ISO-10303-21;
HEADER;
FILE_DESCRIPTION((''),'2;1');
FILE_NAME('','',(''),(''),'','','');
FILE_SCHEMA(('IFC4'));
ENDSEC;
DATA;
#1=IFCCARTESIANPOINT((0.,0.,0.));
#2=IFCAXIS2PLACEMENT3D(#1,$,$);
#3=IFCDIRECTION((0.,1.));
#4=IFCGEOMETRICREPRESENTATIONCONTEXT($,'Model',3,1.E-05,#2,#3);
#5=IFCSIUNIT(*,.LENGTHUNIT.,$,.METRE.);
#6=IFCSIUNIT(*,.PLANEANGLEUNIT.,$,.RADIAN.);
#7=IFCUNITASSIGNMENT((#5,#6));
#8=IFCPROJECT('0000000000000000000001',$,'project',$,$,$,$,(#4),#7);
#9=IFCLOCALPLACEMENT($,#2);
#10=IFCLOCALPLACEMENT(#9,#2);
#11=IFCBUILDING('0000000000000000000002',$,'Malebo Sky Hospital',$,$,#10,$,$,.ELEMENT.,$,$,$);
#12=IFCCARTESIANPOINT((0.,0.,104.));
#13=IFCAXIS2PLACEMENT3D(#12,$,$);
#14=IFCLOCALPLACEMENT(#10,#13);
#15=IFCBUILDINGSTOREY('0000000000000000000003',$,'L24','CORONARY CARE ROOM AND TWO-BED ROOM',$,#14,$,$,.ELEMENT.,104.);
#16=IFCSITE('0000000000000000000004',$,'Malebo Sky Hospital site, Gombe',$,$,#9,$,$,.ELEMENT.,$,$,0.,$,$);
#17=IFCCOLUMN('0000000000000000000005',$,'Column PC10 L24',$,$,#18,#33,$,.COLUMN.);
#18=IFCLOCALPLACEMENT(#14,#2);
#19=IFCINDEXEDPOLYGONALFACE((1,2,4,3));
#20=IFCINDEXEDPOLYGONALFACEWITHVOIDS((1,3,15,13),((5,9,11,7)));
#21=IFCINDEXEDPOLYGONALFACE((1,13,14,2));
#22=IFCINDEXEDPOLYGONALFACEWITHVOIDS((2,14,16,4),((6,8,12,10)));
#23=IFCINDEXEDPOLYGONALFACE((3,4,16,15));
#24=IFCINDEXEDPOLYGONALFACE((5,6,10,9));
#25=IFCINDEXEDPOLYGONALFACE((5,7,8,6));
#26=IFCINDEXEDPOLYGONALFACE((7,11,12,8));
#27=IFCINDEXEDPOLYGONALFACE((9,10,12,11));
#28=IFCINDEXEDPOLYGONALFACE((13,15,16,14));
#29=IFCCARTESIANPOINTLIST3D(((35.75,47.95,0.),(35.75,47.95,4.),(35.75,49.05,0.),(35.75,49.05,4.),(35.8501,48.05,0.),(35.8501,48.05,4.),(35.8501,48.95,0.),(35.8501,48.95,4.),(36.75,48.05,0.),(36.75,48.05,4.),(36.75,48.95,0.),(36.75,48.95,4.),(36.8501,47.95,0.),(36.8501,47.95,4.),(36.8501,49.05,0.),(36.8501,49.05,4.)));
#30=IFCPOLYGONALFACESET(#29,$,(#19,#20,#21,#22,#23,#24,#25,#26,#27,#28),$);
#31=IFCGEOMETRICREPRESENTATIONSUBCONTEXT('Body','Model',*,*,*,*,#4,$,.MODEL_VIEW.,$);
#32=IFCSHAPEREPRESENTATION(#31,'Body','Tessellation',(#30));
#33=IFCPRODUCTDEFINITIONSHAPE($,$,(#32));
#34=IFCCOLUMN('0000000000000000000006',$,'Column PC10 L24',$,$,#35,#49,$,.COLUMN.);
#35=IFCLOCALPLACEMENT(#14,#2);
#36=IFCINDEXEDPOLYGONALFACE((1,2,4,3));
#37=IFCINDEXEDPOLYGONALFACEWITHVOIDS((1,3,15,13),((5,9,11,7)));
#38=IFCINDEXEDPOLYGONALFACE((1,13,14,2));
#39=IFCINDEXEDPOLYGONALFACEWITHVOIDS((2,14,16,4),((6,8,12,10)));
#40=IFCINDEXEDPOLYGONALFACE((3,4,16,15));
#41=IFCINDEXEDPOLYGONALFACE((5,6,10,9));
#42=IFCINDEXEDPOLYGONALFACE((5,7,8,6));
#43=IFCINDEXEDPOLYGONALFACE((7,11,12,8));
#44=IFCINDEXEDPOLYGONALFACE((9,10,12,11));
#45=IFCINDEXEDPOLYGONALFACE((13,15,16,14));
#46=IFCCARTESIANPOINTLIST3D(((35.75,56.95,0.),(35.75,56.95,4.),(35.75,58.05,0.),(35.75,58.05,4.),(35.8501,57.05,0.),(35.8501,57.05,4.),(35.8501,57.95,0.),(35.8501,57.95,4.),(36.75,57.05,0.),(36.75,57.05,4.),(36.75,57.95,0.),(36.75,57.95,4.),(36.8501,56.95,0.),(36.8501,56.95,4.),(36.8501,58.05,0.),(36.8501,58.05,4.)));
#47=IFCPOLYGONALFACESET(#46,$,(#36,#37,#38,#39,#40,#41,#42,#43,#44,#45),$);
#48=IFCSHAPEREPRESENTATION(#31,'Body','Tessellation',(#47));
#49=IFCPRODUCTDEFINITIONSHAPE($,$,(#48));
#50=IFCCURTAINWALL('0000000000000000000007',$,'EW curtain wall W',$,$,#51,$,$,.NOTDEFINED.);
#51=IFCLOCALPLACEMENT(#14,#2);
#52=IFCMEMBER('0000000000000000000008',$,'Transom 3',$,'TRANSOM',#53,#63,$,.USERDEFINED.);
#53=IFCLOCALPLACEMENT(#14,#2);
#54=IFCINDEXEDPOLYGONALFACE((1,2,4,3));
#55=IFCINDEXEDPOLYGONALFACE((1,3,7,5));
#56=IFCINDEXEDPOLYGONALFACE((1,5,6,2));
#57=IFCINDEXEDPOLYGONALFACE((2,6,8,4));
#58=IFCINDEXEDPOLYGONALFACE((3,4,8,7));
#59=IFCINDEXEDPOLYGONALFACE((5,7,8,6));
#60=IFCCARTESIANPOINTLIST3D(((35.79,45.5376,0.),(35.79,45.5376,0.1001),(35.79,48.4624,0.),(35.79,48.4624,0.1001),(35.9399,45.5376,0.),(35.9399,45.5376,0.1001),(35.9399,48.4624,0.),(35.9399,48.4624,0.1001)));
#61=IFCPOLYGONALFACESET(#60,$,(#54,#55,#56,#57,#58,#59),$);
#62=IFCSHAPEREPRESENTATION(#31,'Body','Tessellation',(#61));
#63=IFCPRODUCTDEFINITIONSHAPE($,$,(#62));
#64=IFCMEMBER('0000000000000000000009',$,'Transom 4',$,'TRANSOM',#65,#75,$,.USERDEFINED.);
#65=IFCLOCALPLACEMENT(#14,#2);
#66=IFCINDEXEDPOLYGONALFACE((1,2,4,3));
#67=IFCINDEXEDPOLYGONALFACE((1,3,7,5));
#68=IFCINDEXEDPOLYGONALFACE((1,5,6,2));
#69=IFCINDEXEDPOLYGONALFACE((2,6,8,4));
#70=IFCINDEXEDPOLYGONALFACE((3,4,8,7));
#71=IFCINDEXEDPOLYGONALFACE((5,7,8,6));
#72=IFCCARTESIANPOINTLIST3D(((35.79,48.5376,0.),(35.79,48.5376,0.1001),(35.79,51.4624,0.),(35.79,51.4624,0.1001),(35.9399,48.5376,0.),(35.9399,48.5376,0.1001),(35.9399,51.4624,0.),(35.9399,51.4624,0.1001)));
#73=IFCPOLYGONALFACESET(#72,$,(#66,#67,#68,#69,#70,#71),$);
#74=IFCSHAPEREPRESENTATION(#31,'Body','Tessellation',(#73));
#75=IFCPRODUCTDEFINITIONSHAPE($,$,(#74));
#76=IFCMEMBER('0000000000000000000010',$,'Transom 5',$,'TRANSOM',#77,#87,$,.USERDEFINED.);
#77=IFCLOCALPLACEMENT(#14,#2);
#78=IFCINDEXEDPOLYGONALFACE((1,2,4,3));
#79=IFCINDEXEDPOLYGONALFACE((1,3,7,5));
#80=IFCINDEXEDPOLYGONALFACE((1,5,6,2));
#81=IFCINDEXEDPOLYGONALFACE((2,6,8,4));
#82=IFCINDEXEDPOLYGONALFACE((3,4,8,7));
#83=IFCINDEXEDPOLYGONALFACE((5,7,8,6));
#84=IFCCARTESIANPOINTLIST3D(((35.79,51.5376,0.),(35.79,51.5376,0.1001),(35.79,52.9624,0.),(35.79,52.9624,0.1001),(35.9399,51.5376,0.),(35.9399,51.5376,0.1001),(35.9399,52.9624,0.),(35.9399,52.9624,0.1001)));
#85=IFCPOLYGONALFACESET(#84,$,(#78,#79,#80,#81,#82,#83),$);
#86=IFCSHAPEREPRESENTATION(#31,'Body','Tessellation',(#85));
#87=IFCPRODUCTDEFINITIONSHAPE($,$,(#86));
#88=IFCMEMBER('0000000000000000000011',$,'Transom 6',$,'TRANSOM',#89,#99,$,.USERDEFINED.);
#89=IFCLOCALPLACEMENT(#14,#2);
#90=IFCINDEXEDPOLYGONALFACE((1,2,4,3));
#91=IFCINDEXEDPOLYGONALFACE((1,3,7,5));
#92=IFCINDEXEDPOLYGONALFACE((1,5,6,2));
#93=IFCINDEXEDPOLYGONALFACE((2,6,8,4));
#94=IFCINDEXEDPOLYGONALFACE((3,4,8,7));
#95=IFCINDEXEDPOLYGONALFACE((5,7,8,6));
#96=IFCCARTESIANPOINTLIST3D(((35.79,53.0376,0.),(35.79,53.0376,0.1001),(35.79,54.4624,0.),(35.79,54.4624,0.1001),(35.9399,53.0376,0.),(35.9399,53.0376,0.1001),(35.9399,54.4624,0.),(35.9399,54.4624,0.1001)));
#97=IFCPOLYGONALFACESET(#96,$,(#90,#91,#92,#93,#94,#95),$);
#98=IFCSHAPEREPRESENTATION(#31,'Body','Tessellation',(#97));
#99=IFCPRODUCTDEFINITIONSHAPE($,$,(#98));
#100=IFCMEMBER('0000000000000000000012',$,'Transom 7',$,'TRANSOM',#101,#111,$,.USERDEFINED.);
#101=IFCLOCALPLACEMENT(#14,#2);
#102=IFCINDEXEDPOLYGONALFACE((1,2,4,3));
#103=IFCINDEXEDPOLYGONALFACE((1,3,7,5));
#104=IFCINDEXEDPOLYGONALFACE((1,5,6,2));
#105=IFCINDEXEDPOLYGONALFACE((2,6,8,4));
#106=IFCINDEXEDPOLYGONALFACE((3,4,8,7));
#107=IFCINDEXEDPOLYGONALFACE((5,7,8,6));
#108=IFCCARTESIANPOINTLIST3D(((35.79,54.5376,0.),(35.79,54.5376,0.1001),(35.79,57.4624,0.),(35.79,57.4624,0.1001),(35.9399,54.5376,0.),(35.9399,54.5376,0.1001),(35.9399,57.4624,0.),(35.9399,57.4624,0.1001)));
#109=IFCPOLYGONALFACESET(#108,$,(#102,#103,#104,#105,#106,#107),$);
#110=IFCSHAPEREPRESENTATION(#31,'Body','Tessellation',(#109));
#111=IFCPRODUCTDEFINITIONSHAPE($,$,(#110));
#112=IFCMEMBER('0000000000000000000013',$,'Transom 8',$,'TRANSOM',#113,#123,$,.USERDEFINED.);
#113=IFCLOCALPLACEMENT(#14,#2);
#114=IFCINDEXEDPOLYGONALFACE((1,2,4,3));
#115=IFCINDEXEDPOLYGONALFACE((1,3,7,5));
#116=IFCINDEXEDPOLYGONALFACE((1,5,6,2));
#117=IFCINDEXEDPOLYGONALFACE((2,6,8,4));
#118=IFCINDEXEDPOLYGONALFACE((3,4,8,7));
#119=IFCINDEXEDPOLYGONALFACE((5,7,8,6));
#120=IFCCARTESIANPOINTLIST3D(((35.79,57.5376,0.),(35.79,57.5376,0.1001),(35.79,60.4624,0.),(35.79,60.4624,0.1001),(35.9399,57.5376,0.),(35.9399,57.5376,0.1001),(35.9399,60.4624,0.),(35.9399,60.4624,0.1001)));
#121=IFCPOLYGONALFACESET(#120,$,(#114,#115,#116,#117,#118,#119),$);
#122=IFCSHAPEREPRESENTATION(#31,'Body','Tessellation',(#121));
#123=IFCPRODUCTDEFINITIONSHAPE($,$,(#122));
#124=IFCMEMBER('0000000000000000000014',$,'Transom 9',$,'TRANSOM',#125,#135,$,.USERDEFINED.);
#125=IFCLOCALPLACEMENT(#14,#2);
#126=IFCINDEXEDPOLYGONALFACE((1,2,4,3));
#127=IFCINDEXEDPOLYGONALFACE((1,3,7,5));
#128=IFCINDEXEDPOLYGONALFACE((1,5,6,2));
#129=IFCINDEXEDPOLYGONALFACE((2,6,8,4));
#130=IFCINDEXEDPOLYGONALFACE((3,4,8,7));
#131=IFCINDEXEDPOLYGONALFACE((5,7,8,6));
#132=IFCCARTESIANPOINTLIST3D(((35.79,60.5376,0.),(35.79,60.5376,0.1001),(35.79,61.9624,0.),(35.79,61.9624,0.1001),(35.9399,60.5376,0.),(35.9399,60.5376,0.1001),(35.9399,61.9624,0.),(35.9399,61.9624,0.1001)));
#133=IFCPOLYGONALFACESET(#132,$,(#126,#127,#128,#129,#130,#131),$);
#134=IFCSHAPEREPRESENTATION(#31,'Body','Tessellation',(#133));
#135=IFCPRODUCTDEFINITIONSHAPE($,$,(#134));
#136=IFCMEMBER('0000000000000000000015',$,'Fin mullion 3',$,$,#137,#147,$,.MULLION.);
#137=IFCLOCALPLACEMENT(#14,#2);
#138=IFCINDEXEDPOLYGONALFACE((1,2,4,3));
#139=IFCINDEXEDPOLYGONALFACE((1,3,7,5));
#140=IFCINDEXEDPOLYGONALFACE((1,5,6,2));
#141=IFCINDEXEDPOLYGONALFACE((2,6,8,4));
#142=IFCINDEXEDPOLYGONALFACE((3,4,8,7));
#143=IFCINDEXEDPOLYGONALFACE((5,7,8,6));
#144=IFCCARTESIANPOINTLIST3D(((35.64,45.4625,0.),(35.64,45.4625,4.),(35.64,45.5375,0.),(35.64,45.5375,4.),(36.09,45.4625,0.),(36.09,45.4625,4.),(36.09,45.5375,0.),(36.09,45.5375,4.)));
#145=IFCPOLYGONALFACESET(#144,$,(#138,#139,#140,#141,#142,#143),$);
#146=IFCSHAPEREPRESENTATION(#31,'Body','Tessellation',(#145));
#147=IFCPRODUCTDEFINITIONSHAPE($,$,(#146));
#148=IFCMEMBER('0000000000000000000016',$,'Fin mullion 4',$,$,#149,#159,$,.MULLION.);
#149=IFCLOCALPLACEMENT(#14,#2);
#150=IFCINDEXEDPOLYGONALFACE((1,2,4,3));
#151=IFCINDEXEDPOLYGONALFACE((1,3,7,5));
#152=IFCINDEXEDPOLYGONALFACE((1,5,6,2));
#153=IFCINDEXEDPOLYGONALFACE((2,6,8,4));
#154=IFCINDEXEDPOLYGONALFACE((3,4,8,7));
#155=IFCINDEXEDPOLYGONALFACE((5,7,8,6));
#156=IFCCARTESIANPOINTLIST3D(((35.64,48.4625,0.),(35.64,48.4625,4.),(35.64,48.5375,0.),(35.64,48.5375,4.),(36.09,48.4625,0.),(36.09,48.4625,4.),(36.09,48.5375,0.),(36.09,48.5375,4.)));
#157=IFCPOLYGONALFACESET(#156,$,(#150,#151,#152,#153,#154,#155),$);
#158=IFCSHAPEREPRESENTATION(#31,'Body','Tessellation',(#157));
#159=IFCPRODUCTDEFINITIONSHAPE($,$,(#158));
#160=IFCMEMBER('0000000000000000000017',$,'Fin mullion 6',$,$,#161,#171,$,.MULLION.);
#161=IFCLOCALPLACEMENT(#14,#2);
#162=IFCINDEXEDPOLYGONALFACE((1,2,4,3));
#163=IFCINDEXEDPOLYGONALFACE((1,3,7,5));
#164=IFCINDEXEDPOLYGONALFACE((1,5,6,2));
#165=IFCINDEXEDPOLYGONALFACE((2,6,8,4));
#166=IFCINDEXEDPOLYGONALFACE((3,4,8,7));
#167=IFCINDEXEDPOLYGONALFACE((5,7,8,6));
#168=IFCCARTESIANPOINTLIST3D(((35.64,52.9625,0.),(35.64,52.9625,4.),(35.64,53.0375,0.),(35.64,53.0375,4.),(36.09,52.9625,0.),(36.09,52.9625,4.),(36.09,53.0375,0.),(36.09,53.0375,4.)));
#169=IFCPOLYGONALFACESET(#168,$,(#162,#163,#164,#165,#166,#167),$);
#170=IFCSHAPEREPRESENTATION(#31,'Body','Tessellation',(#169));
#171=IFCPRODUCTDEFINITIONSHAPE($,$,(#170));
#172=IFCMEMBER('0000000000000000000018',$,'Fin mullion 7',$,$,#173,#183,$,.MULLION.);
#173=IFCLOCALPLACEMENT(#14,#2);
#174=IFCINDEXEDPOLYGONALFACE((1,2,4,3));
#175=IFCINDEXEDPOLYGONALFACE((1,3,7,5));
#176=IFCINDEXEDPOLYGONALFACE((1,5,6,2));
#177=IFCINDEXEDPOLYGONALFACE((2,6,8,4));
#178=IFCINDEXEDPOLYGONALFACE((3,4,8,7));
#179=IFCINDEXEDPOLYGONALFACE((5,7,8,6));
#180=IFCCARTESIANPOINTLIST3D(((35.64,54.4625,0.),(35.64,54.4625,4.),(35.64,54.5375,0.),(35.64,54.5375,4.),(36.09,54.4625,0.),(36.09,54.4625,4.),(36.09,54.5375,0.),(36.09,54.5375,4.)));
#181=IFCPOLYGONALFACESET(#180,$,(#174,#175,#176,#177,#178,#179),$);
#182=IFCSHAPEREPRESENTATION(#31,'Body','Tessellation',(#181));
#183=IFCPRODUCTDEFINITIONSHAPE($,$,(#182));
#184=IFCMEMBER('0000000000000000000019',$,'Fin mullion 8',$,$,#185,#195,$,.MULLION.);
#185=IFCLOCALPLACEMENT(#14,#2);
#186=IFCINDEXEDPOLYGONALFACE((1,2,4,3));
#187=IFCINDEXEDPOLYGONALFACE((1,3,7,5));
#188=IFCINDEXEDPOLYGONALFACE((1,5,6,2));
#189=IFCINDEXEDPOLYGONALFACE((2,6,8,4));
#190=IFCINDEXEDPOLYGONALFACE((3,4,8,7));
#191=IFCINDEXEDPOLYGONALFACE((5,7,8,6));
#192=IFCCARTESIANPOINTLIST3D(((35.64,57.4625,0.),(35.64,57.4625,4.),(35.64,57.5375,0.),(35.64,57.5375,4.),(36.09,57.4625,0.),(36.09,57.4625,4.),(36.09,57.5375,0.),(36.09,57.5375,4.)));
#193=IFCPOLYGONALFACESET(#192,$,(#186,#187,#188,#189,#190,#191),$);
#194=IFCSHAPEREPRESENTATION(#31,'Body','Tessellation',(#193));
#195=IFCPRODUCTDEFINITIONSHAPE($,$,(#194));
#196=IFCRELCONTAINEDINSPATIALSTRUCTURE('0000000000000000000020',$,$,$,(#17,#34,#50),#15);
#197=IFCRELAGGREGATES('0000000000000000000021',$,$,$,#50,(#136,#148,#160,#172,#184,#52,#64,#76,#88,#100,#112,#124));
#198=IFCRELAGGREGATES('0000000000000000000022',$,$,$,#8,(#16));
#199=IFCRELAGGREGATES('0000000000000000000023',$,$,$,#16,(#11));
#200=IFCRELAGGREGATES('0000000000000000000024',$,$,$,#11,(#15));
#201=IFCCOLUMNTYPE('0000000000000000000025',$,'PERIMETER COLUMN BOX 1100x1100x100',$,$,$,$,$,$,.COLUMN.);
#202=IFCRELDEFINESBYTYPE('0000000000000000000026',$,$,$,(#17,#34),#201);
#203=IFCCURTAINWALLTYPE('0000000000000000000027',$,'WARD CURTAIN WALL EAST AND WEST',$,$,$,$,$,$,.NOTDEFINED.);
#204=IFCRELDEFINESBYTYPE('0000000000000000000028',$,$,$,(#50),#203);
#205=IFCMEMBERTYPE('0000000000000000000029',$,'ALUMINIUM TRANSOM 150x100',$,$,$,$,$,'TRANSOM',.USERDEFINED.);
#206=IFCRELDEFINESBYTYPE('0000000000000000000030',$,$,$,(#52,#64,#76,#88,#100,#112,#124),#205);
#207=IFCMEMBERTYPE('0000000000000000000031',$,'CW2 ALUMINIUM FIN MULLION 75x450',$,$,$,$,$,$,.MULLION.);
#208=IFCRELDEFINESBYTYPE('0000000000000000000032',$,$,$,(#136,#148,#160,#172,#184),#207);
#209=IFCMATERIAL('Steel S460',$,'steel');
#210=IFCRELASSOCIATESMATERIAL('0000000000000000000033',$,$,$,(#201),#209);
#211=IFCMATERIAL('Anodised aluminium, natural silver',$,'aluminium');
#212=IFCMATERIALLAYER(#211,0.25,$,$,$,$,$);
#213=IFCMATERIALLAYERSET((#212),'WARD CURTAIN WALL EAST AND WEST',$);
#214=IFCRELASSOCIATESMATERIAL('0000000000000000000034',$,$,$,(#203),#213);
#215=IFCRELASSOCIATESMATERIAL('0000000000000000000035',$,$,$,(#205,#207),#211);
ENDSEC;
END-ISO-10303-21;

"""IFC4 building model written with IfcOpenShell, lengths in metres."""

from ifc_helpers import new_model, si_unit, direction, frame, origin, origin_2d, place, context, subcontext, project, spatial, rectangle, hollow_rectangle, extrude, material, layer, layer_set, material_profile, profile_set, type_object, element, aggregate, save


model = new_model("IFC4")

# Units and contexts
model_context = context("Model", 3, precision=1e-05, world=origin(), true_north=direction((0.0, 1.0)))
body_context = subcontext(model_context, "Body", "Model", "MODEL_VIEW")
ifc_project = project(units=[si_unit("LENGTHUNIT", "METRE"), si_unit("PLANEANGLEUNIT", "RADIAN")], contexts=[model_context])

# Site, building, storey
site_placement = place(None, origin())
site = spatial("IfcSite", under=ifc_project, at=site_placement, Name="Malebo Sky Hospital site, Gombe", CompositionType="ELEMENT", RefElevation=0.0)
building_placement = place(site_placement, origin())
building = spatial("IfcBuilding", under=site, at=building_placement, Name="Malebo Sky Hospital", CompositionType="ELEMENT")
storey_placement = place(building_placement, frame((0.0, 0.0, 104.0)))
storey = spatial("IfcBuildingStorey", under=building, at=storey_placement, Name="L24", Description="CORONARY CARE ROOM AND TWO-BED ROOM", CompositionType="ELEMENT", Elevation=104.0)

# Columns
ifc_material_1 = material(Name="Steel S460", Category="steel")
ifc_material_profile_1 = material_profile(ifc_material_1, hollow_rectangle(XDim=1.1001, YDim=1.1001, WallThickness=0.1001, at=origin_2d()), Name="BOX 1100x1100x100")
ifc_profile_set_1 = profile_set([ifc_material_profile_1], Name="Steel S460")
column_type = type_object("IfcColumnType", Name="PERIMETER COLUMN BOX 1100x1100x100", PredefinedType="COLUMN", material=ifc_profile_set_1)
for number, where, z_axis, x_axis, name in (
    (1, (36.3, 48.5, 0.0), (0.0, 0.0, 1.0), (1.0, 0.0, 0.0), "Column PC10 L24"),
    (2, (36.3, 57.5, 0.0), (0.0, 0.0, 1.0), (1.0, 0.0, 0.0), "Column PC10 L24"),
):
    element("IfcColumn", number, at=place(storey_placement, frame(where, z_axis=z_axis, x_axis=x_axis)), inside=storey, type_object=column_type, Name=name, PredefinedType="COLUMN", context=body_context, shape_type="SweptSolid", body=[
        extrude(hollow_rectangle(XDim=1.1001, YDim=1.1001, WallThickness=0.1001, at=origin_2d()), origin(), (0.0, 0.0, 1.0), 4.0),
    ])

# Curtain wall, members
ifc_material_2 = material(Name="Anodised aluminium, natural silver", Category="aluminium")
ifc_layer_1 = layer(ifc_material_2, 0.25)
ifc_layer_set_1 = layer_set([ifc_layer_1], Name="WARD CURTAIN WALL EAST AND WEST")
curtain_wall_type = type_object("IfcCurtainWallType", Name="WARD CURTAIN WALL EAST AND WEST", PredefinedType="NOTDEFINED", material=ifc_layer_set_1)
curtain_wall_placement = place(storey_placement, origin())
curtain_wall = element("IfcCurtainWall", 3, at=curtain_wall_placement, inside=storey, type_object=curtain_wall_type, Name="EW curtain wall W", PredefinedType="NOTDEFINED")
ifc_material_profile_2 = material_profile(ifc_material_2, rectangle(XDim=0.1499, YDim=0.1001, at=origin_2d()), Name="ALUMINIUM TRANSOM 150x100")
ifc_profile_set_2 = profile_set([ifc_material_profile_2], Name="Anodised aluminium, natural silver")
member_type_1 = type_object("IfcMemberType", Name="ALUMINIUM TRANSOM 150x100", ElementType="TRANSOM", PredefinedType="USERDEFINED", material=ifc_profile_set_2)
member_1_placement = place(storey_placement, frame((35.865, 45.5376, 0.05), z_axis=(0.0, 1.0, 0.0), x_axis=(-1.0, 0.0, 0.0)))
member_1 = element("IfcMember", 4, at=member_1_placement, type_object=member_type_1, Name="Transom 3", ObjectType="TRANSOM", PredefinedType="USERDEFINED", context=body_context, shape_type="SweptSolid", body=[
    extrude(rectangle(XDim=0.1499, YDim=0.1001, at=origin_2d()), origin(), (0.0, 0.0, 1.0), 2.9248),
])
member_2_placement = place(storey_placement, frame((35.865, 48.5376, 0.05), z_axis=(0.0, 1.0, 0.0), x_axis=(-1.0, 0.0, 0.0)))
member_2 = element("IfcMember", 5, at=member_2_placement, type_object=member_type_1, Name="Transom 4", ObjectType="TRANSOM", PredefinedType="USERDEFINED", context=body_context, shape_type="SweptSolid", body=[
    extrude(rectangle(XDim=0.1499, YDim=0.1001, at=origin_2d()), origin(), (0.0, 0.0, 1.0), 2.9248),
])
member_3_placement = place(storey_placement, frame((35.865, 51.5376, 0.05), z_axis=(0.0, 1.0, 0.0), x_axis=(-1.0, 0.0, 0.0)))
member_3 = element("IfcMember", 6, at=member_3_placement, type_object=member_type_1, Name="Transom 5", ObjectType="TRANSOM", PredefinedType="USERDEFINED", context=body_context, shape_type="SweptSolid", body=[
    extrude(rectangle(XDim=0.1499, YDim=0.1001, at=origin_2d()), origin(), (0.0, 0.0, 1.0), 1.4248),
])
member_4_placement = place(storey_placement, frame((35.865, 53.0376, 0.05), z_axis=(0.0, 1.0, 0.0), x_axis=(-1.0, 0.0, 0.0)))
member_4 = element("IfcMember", 7, at=member_4_placement, type_object=member_type_1, Name="Transom 6", ObjectType="TRANSOM", PredefinedType="USERDEFINED", context=body_context, shape_type="SweptSolid", body=[
    extrude(rectangle(XDim=0.1499, YDim=0.1001, at=origin_2d()), origin(), (0.0, 0.0, 1.0), 1.4248),
])
member_5_placement = place(storey_placement, frame((35.865, 54.5376, 0.05), z_axis=(0.0, 1.0, 0.0), x_axis=(-1.0, 0.0, 0.0)))
member_5 = element("IfcMember", 8, at=member_5_placement, type_object=member_type_1, Name="Transom 7", ObjectType="TRANSOM", PredefinedType="USERDEFINED", context=body_context, shape_type="SweptSolid", body=[
    extrude(rectangle(XDim=0.1499, YDim=0.1001, at=origin_2d()), origin(), (0.0, 0.0, 1.0), 2.9248),
])
member_6_placement = place(storey_placement, frame((35.865, 57.5376, 0.05), z_axis=(0.0, 1.0, 0.0), x_axis=(-1.0, 0.0, 0.0)))
member_6 = element("IfcMember", 9, at=member_6_placement, type_object=member_type_1, Name="Transom 8", ObjectType="TRANSOM", PredefinedType="USERDEFINED", context=body_context, shape_type="SweptSolid", body=[
    extrude(rectangle(XDim=0.1499, YDim=0.1001, at=origin_2d()), origin(), (0.0, 0.0, 1.0), 2.9248),
])
member_7_placement = place(storey_placement, frame((35.865, 60.5376, 0.05), z_axis=(0.0, 1.0, 0.0), x_axis=(-1.0, 0.0, 0.0)))
member_7 = element("IfcMember", 10, at=member_7_placement, type_object=member_type_1, Name="Transom 9", ObjectType="TRANSOM", PredefinedType="USERDEFINED", context=body_context, shape_type="SweptSolid", body=[
    extrude(rectangle(XDim=0.1499, YDim=0.1001, at=origin_2d()), origin(), (0.0, 0.0, 1.0), 1.4248),
])
ifc_material_profile_3 = material_profile(ifc_material_2, rectangle(XDim=0.075, YDim=0.45, at=origin_2d()), Name="CW2 ALUMINIUM FIN MULLION 75x450")
ifc_profile_set_3 = profile_set([ifc_material_profile_3], Name="Anodised aluminium, natural silver")
member_type_2 = type_object("IfcMemberType", Name="CW2 ALUMINIUM FIN MULLION 75x450", PredefinedType="MULLION", material=ifc_profile_set_3)
member_8_placement = place(storey_placement, frame((35.865, 45.5, 0.0), z_axis=(0.0, 0.0, 1.0), x_axis=(0.0, 1.0, 0.0)))
member_8 = element("IfcMember", 11, at=member_8_placement, type_object=member_type_2, Name="Fin mullion 3", PredefinedType="MULLION", context=body_context, shape_type="SweptSolid", body=[
    extrude(rectangle(XDim=0.075, YDim=0.45, at=origin_2d()), origin(), (0.0, 0.0, 1.0), 4.0),
])
member_9_placement = place(storey_placement, frame((35.865, 48.5, 0.0), z_axis=(0.0, 0.0, 1.0), x_axis=(0.0, 1.0, 0.0)))
member_9 = element("IfcMember", 12, at=member_9_placement, type_object=member_type_2, Name="Fin mullion 4", PredefinedType="MULLION", context=body_context, shape_type="SweptSolid", body=[
    extrude(rectangle(XDim=0.075, YDim=0.45, at=origin_2d()), origin(), (0.0, 0.0, 1.0), 4.0),
])
member_10_placement = place(storey_placement, frame((35.865, 53.0, 0.0), z_axis=(0.0, 0.0, 1.0), x_axis=(0.0, 1.0, 0.0)))
member_10 = element("IfcMember", 13, at=member_10_placement, type_object=member_type_2, Name="Fin mullion 6", PredefinedType="MULLION", context=body_context, shape_type="SweptSolid", body=[
    extrude(rectangle(XDim=0.075, YDim=0.45, at=origin_2d()), origin(), (0.0, 0.0, 1.0), 4.0),
])
member_11_placement = place(storey_placement, frame((35.865, 54.5, 0.0), z_axis=(0.0, 0.0, 1.0), x_axis=(0.0, 1.0, 0.0)))
member_11 = element("IfcMember", 14, at=member_11_placement, type_object=member_type_2, Name="Fin mullion 7", PredefinedType="MULLION", context=body_context, shape_type="SweptSolid", body=[
    extrude(rectangle(XDim=0.075, YDim=0.45, at=origin_2d()), origin(), (0.0, 0.0, 1.0), 4.0),
])
member_12_placement = place(storey_placement, frame((35.865, 57.5, 0.0), z_axis=(0.0, 0.0, 1.0), x_axis=(0.0, 1.0, 0.0)))
member_12 = element("IfcMember", 15, at=member_12_placement, type_object=member_type_2, Name="Fin mullion 8", PredefinedType="MULLION", context=body_context, shape_type="SweptSolid", body=[
    extrude(rectangle(XDim=0.075, YDim=0.45, at=origin_2d()), origin(), (0.0, 0.0, 1.0), 4.0),
])

aggregate(curtain_wall, [member_8, member_9, member_10, member_11, member_12, member_1, member_2, member_3, member_4, member_5, member_6, member_7])

save(model, "model.ifc")
